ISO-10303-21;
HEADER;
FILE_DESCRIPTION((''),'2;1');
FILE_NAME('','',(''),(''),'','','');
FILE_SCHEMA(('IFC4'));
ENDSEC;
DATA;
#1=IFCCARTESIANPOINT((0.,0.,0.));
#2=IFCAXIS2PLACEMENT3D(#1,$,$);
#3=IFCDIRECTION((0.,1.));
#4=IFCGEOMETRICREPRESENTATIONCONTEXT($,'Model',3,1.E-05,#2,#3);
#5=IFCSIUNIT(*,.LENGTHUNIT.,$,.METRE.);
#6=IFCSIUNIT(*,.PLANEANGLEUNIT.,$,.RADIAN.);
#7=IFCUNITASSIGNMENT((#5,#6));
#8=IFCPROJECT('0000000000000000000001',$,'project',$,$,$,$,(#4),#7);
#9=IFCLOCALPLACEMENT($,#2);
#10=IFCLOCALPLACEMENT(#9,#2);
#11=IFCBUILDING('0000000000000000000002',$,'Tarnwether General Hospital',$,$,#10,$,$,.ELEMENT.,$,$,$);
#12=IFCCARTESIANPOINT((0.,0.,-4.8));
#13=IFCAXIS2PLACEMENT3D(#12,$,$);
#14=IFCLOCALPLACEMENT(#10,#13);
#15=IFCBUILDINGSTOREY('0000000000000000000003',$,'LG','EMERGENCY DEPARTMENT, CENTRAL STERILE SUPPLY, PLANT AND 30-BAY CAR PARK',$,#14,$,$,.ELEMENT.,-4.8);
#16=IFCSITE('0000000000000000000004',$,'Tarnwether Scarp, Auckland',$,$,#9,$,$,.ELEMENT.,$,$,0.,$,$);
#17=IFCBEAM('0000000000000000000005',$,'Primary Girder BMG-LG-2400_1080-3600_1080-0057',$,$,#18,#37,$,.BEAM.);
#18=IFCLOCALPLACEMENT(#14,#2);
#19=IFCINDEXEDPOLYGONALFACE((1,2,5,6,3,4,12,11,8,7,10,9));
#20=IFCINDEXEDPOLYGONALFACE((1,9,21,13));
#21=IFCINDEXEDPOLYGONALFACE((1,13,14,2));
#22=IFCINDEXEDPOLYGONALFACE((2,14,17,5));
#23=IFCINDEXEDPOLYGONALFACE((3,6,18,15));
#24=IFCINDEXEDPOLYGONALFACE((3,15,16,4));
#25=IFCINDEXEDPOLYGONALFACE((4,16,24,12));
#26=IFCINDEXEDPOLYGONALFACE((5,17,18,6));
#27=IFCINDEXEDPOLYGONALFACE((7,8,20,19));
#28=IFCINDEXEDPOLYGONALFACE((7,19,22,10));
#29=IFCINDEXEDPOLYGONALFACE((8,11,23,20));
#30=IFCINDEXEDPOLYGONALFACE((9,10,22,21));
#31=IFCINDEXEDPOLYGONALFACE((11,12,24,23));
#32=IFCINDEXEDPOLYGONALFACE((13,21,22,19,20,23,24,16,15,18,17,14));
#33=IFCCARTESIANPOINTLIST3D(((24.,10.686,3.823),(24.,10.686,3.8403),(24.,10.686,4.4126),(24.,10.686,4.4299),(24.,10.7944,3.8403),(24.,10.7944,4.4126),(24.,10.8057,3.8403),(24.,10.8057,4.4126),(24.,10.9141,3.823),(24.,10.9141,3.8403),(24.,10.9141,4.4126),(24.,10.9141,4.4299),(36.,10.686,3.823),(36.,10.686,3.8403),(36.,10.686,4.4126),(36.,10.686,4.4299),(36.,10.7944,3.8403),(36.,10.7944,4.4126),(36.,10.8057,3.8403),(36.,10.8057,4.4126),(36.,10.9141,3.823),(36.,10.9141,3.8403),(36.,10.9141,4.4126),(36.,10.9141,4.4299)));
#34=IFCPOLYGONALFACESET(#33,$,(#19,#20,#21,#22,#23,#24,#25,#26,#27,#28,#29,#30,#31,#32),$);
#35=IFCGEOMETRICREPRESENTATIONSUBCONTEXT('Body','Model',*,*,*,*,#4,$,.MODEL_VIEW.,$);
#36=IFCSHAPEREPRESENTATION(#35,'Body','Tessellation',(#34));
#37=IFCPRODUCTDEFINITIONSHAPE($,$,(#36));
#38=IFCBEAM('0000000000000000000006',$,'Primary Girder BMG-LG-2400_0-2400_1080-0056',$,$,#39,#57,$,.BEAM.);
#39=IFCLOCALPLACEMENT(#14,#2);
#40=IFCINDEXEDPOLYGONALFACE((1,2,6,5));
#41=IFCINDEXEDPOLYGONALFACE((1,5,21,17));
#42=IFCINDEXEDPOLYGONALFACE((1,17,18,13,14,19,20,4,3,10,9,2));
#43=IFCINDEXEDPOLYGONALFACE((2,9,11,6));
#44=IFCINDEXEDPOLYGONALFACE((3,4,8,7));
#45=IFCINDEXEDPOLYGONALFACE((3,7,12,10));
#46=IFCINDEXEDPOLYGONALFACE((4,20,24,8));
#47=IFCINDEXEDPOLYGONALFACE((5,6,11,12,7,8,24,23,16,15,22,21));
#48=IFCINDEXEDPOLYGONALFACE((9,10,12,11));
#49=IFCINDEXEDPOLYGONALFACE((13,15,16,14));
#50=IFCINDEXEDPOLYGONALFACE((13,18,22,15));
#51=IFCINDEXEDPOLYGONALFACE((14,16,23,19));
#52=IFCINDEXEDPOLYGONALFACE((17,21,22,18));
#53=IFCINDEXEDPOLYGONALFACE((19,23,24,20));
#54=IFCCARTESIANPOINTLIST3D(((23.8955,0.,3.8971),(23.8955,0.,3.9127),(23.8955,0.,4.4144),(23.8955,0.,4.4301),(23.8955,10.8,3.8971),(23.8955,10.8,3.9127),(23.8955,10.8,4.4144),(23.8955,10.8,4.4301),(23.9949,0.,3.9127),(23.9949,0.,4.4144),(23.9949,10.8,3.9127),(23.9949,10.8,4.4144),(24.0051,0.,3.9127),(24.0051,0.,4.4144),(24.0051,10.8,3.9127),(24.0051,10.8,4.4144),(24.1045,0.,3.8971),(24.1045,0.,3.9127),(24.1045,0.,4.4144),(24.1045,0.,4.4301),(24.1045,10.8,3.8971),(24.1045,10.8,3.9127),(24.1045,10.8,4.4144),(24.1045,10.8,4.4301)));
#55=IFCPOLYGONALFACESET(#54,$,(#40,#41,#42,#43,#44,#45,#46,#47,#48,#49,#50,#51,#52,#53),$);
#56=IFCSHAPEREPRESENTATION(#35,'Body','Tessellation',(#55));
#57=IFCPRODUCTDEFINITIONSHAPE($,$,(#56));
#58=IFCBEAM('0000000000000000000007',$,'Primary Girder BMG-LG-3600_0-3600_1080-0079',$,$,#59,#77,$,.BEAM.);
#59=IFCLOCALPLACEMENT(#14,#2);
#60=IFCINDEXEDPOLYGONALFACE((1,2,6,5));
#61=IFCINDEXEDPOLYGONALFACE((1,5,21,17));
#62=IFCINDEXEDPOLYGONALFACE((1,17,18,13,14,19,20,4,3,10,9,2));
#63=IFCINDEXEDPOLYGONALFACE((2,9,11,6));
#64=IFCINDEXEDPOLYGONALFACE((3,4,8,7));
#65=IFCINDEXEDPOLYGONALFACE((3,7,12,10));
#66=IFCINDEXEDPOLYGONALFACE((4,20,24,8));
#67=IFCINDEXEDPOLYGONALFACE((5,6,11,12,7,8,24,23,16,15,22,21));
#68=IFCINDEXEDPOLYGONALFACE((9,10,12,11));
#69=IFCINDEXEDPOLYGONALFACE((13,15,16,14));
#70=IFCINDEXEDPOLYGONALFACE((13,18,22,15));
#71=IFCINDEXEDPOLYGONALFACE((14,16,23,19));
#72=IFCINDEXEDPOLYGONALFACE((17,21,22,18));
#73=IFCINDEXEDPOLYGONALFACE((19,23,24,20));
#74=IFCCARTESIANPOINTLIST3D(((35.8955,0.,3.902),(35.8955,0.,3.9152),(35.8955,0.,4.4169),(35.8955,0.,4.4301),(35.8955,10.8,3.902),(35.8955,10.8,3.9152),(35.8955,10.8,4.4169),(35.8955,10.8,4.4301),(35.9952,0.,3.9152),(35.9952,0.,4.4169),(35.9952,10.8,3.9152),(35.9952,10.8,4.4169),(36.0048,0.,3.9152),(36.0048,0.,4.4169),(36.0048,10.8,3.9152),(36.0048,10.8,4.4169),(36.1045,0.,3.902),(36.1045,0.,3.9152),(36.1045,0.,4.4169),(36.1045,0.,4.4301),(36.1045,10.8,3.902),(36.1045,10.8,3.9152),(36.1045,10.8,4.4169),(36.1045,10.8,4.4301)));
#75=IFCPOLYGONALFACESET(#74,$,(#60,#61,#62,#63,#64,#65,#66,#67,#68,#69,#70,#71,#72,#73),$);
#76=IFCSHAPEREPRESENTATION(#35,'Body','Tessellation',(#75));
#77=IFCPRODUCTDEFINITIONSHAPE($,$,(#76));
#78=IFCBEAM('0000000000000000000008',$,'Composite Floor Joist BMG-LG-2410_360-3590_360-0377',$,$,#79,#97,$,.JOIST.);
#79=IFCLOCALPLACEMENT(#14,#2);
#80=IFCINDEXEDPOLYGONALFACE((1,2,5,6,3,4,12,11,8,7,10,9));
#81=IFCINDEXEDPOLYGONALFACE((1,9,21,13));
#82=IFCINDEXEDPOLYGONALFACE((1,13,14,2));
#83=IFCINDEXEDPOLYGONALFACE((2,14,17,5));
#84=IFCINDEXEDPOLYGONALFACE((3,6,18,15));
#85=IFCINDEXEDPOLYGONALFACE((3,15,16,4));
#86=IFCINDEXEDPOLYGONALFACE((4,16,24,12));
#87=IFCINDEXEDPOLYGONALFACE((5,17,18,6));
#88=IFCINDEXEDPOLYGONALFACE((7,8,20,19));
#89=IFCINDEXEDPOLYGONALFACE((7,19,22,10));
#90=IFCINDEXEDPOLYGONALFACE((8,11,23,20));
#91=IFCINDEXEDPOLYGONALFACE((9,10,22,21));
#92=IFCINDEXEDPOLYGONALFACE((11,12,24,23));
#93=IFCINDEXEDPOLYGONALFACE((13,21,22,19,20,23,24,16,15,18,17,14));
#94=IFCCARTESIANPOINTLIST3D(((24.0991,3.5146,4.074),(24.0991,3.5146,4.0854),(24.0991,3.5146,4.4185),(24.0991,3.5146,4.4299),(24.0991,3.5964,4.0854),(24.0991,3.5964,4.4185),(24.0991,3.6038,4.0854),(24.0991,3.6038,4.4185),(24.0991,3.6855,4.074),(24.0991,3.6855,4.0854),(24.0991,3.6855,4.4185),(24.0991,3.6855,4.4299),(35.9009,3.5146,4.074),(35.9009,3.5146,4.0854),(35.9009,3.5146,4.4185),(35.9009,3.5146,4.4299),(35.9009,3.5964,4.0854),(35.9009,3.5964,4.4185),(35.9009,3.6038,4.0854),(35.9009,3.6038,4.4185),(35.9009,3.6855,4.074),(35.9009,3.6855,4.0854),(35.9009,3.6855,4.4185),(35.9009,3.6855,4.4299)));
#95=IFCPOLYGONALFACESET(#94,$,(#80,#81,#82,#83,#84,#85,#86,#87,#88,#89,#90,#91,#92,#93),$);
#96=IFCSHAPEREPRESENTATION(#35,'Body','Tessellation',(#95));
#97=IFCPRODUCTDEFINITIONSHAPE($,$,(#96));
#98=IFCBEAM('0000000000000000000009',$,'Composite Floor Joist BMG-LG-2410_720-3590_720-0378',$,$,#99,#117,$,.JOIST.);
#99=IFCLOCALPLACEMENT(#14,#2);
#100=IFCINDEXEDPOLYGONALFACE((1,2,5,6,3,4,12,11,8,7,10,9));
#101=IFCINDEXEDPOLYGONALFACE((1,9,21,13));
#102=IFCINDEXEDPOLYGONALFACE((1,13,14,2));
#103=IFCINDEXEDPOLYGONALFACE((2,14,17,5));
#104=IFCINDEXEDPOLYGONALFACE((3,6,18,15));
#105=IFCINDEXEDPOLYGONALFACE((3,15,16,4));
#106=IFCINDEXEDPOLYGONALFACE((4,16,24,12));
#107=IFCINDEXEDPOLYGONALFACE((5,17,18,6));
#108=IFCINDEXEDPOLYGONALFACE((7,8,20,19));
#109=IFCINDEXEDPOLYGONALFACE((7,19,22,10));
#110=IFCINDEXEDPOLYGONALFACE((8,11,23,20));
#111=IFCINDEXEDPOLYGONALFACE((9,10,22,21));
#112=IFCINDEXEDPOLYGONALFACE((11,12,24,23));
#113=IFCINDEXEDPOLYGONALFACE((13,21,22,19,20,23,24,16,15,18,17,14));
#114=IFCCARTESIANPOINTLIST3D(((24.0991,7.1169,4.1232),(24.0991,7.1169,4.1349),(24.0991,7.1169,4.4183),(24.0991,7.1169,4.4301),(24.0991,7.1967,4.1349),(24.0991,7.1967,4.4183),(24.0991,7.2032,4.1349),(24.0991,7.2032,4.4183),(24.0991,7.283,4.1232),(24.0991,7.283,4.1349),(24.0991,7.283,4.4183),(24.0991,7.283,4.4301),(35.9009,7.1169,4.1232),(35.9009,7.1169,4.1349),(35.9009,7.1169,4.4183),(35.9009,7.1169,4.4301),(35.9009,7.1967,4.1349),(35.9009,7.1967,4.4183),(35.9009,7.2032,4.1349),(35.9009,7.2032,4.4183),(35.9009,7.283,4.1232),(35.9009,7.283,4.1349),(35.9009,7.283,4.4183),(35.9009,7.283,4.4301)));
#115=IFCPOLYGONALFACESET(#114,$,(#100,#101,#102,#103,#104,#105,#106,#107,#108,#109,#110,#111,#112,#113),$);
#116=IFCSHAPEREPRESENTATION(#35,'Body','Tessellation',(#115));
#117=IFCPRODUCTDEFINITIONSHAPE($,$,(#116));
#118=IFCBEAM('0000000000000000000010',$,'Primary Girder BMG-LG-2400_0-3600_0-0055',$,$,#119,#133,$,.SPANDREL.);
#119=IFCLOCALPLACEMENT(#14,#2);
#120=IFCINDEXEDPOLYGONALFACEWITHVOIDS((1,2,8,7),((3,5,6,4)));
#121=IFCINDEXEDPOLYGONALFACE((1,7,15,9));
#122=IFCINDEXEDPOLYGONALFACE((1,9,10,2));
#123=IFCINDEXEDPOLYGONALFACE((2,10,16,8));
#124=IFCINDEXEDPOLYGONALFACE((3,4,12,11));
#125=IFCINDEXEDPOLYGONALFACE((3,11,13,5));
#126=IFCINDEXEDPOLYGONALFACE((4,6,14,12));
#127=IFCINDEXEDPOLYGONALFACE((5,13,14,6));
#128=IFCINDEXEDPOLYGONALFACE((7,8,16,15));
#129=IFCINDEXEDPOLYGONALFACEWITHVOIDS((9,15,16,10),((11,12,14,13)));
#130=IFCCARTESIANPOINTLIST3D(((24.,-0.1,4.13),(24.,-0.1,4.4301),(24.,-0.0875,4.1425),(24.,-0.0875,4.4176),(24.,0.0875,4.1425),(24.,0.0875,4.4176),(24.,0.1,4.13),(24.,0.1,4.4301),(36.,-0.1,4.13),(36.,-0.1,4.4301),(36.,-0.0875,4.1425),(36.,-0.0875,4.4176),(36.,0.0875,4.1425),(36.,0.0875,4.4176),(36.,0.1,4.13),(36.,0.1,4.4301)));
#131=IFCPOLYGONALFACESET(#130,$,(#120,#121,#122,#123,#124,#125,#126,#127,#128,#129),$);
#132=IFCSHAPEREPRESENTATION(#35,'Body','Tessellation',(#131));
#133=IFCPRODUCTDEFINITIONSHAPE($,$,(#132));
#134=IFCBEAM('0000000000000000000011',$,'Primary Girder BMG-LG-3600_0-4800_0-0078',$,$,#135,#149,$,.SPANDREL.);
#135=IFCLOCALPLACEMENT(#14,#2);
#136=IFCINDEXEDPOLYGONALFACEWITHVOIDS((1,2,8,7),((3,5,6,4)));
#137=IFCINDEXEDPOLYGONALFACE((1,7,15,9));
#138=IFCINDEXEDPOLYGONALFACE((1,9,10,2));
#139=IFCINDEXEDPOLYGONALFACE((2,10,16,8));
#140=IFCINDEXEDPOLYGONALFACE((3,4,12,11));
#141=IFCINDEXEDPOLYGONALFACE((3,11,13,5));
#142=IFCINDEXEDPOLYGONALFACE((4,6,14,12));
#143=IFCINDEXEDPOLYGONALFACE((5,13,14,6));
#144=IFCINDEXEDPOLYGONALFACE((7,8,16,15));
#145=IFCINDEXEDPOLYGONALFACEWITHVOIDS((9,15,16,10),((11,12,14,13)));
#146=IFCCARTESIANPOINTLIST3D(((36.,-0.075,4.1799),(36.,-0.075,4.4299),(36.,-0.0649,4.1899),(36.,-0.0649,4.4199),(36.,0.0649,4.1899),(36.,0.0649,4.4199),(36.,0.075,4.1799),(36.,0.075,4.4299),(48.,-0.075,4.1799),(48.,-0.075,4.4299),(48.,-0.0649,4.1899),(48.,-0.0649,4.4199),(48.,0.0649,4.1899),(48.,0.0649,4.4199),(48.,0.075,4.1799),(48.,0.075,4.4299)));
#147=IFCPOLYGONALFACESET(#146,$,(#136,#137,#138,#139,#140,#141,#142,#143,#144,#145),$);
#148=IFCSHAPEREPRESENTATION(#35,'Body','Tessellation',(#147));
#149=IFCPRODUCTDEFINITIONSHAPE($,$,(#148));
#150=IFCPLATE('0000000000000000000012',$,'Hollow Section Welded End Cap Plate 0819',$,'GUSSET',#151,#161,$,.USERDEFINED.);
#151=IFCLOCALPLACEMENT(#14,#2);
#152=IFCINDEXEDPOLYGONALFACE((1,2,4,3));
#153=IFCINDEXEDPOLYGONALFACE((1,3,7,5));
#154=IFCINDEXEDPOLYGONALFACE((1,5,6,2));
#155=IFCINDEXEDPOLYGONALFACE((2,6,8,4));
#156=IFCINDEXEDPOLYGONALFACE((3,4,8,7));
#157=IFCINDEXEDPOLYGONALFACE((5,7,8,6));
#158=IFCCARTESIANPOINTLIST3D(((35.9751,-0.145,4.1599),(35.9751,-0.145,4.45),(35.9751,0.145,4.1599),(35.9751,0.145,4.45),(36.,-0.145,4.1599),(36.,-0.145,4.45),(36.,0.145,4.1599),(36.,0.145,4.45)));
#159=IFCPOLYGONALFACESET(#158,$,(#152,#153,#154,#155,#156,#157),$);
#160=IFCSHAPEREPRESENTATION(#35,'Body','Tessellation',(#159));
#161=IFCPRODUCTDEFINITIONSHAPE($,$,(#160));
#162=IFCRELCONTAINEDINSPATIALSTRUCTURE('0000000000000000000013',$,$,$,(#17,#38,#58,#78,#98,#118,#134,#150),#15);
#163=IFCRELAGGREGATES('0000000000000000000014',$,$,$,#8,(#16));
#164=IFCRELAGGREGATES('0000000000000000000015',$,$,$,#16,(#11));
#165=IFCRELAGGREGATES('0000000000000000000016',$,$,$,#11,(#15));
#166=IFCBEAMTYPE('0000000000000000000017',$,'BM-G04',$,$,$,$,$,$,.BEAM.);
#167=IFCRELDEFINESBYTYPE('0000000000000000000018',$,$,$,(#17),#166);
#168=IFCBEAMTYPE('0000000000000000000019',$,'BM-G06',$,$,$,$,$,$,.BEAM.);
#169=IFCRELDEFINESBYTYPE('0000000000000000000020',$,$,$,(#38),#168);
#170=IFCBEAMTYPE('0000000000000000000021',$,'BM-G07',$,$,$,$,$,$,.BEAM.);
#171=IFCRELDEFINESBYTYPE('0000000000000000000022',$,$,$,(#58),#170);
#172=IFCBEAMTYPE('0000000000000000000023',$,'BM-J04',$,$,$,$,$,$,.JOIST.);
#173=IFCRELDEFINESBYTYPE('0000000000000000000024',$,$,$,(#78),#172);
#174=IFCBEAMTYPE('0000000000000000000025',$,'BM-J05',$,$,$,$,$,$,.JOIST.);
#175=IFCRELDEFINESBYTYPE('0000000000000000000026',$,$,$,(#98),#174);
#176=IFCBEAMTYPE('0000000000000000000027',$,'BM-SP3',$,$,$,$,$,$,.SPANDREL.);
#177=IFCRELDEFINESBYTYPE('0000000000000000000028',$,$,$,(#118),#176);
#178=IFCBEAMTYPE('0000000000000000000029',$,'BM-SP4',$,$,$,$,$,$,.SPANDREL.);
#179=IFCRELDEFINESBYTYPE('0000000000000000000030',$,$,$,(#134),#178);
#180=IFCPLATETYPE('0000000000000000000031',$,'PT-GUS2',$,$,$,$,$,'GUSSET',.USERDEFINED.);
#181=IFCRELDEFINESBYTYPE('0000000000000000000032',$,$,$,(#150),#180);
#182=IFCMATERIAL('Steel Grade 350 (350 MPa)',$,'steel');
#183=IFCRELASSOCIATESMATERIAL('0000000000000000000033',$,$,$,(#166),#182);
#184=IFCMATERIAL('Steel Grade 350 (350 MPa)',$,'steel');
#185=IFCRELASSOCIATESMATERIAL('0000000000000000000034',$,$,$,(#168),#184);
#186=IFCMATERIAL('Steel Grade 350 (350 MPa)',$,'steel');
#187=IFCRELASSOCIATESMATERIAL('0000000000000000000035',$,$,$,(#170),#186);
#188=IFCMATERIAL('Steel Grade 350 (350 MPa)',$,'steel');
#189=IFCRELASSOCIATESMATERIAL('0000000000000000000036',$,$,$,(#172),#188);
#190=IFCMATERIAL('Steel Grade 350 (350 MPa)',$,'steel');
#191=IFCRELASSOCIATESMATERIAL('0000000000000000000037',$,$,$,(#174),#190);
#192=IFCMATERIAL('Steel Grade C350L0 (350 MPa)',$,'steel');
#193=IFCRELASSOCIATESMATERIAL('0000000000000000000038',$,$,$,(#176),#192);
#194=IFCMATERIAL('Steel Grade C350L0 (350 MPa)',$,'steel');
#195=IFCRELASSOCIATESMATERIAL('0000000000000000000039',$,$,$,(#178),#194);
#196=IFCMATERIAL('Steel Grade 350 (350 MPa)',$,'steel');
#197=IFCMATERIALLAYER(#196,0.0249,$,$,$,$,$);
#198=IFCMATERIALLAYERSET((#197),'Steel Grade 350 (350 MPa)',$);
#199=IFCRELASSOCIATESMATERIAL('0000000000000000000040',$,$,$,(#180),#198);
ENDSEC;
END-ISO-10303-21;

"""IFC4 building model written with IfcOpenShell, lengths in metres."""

from ifc_helpers import new_model, si_unit, direction, frame, origin, origin_2d, place, context, subcontext, project, spatial, rectangle, hollow_rectangle, i_section, extrude, material, layer, layer_set, material_profile, profile_set, type_object, element, save


model = new_model("IFC4")

# Units and contexts
model_context = context("Model", 3, precision=1e-05, world=origin(), true_north=direction((0.0, 1.0)))
body_context = subcontext(model_context, "Body", "Model", "MODEL_VIEW")
ifc_project = project(units=[si_unit("LENGTHUNIT", "METRE"), si_unit("PLANEANGLEUNIT", "RADIAN")], contexts=[model_context])

# Site, building, storey
site_placement = place(None, origin())
site = spatial("IfcSite", under=ifc_project, at=site_placement, Name="Tarnwether Scarp, Auckland", CompositionType="ELEMENT", RefElevation=0.0)
building_placement = place(site_placement, origin())
building = spatial("IfcBuilding", under=site, at=building_placement, Name="Tarnwether General Hospital", CompositionType="ELEMENT")
storey_placement = place(building_placement, frame((0.0, 0.0, -4.8)))
storey = spatial("IfcBuildingStorey", under=building, at=storey_placement, Name="LG", Description="EMERGENCY DEPARTMENT, CENTRAL STERILE SUPPLY, PLANT AND 30-BAY CAR PARK", CompositionType="ELEMENT", Elevation=-4.8)

# Beams
ifc_material_1 = material(Name="Steel Grade 350 (350 MPa)", Category="steel")
ifc_material_profile_1 = material_profile(ifc_material_1, i_section(OverallWidth=0.228, OverallDepth=0.6069, WebThickness=0.0112, FlangeThickness=0.0173, at=origin_2d()), Name="610UB113")
ifc_profile_set_1 = profile_set([ifc_material_profile_1], Name="Steel Grade 350 (350 MPa)")
beam_type_1 = type_object("IfcBeamType", Name="BM-G04", PredefinedType="BEAM", material=ifc_profile_set_1)
beam_1_placement = place(storey_placement, frame((24.0, 10.8, 4.1265), z_axis=(1.0, 0.0, 0.0), x_axis=(0.0, 1.0, 0.0)))
element("IfcBeam", 1, at=beam_1_placement, inside=storey, type_object=beam_type_1, Name="Primary Girder BMG-LG-2400_1080-3600_1080-0057", PredefinedType="BEAM", context=body_context, shape_type="SweptSolid", body=[
    extrude(i_section(OverallWidth=0.228, OverallDepth=0.6069, WebThickness=0.0112, FlangeThickness=0.0173, at=origin_2d()), origin(), (0.0, 0.0, 1.0), 12.0),
])
ifc_material_2 = material(Name="Steel Grade 350 (350 MPa)", Category="steel")
ifc_material_profile_2 = material_profile(ifc_material_2, i_section(OverallWidth=0.209, OverallDepth=0.533, WebThickness=0.0103, FlangeThickness=0.0156, at=origin_2d()), Name="530UB92.4")
ifc_profile_set_2 = profile_set([ifc_material_profile_2], Name="Steel Grade 350 (350 MPa)")
beam_type_2 = type_object("IfcBeamType", Name="BM-G06", PredefinedType="BEAM", material=ifc_profile_set_2)
beam_2_placement = place(storey_placement, frame((24.0, 0.0, 4.1636), z_axis=(0.0, 1.0, 0.0), x_axis=(-1.0, 0.0, 0.0)))
element("IfcBeam", 2, at=beam_2_placement, inside=storey, type_object=beam_type_2, Name="Primary Girder BMG-LG-2400_0-2400_1080-0056", PredefinedType="BEAM", context=body_context, shape_type="SweptSolid", body=[
    extrude(i_section(OverallWidth=0.209, OverallDepth=0.533, WebThickness=0.0103, FlangeThickness=0.0156, at=origin_2d()), origin(), (0.0, 0.0, 1.0), 10.8),
])
ifc_material_3 = material(Name="Steel Grade 350 (350 MPa)", Category="steel")
ifc_material_profile_3 = material_profile(ifc_material_3, i_section(OverallWidth=0.209, OverallDepth=0.5281, WebThickness=0.0095, FlangeThickness=0.0132, at=origin_2d()), Name="530UB82.0")
ifc_profile_set_3 = profile_set([ifc_material_profile_3], Name="Steel Grade 350 (350 MPa)")
beam_type_3 = type_object("IfcBeamType", Name="BM-G07", PredefinedType="BEAM", material=ifc_profile_set_3)
beam_3_placement = place(storey_placement, frame((36.0, 0.0, 4.166), z_axis=(0.0, 1.0, 0.0), x_axis=(-1.0, 0.0, 0.0)))
element("IfcBeam", 3, at=beam_3_placement, inside=storey, type_object=beam_type_3, Name="Primary Girder BMG-LG-3600_0-3600_1080-0079", PredefinedType="BEAM", context=body_context, shape_type="SweptSolid", body=[
    extrude(i_section(OverallWidth=0.209, OverallDepth=0.5281, WebThickness=0.0095, FlangeThickness=0.0132, at=origin_2d()), origin(), (0.0, 0.0, 1.0), 10.8),
])
ifc_material_4 = material(Name="Steel Grade 350 (350 MPa)", Category="steel")
ifc_material_profile_4 = material_profile(ifc_material_4, i_section(OverallWidth=0.1709, OverallDepth=0.356, WebThickness=0.0073, FlangeThickness=0.0115, at=origin_2d()), Name="360UB50.7")
ifc_profile_set_4 = profile_set([ifc_material_profile_4], Name="Steel Grade 350 (350 MPa)")
beam_type_4 = type_object("IfcBeamType", Name="BM-J04", PredefinedType="JOIST", material=ifc_profile_set_4)
beam_4_placement = place(storey_placement, frame((24.0991, 3.6001, 4.252), z_axis=(1.0, 0.0, 0.0), x_axis=(0.0, 1.0, 0.0)))
element("IfcBeam", 4, at=beam_4_placement, inside=storey, type_object=beam_type_4, Name="Composite Floor Joist BMG-LG-2410_360-3590_360-0377", PredefinedType="JOIST", context=body_context, shape_type="SweptSolid", body=[
    extrude(i_section(OverallWidth=0.1709, OverallDepth=0.356, WebThickness=0.0073, FlangeThickness=0.0115, at=origin_2d()), origin(), (0.0, 0.0, 1.0), 11.8018),
])
ifc_material_5 = material(Name="Steel Grade 350 (350 MPa)", Category="steel")
ifc_material_profile_5 = material_profile(ifc_material_5, i_section(OverallWidth=0.166, OverallDepth=0.3069, WebThickness=0.0066, FlangeThickness=0.0117, at=origin_2d()), Name="310UB46.2")
ifc_profile_set_5 = profile_set([ifc_material_profile_5], Name="Steel Grade 350 (350 MPa)")
beam_type_5 = type_object("IfcBeamType", Name="BM-J05", PredefinedType="JOIST", material=ifc_profile_set_5)
beam_5_placement = place(storey_placement, frame((24.0991, 7.2, 4.2766), z_axis=(1.0, 0.0, 0.0), x_axis=(0.0, 1.0, 0.0)))
element("IfcBeam", 5, at=beam_5_placement, inside=storey, type_object=beam_type_5, Name="Composite Floor Joist BMG-LG-2410_720-3590_720-0378", PredefinedType="JOIST", context=body_context, shape_type="SweptSolid", body=[
    extrude(i_section(OverallWidth=0.166, OverallDepth=0.3069, WebThickness=0.0066, FlangeThickness=0.0117, at=origin_2d()), origin(), (0.0, 0.0, 1.0), 11.8018),
])
ifc_material_6 = material(Name="Steel Grade C350L0 (350 MPa)", Category="steel")
ifc_material_profile_6 = material_profile(ifc_material_6, hollow_rectangle(XDim=0.2, YDim=0.3, WallThickness=0.0125, at=origin_2d()), Name="RHS300x200x12.5")
ifc_profile_set_6 = profile_set([ifc_material_profile_6], Name="Steel Grade C350L0 (350 MPa)")
beam_type_6 = type_object("IfcBeamType", Name="BM-SP3", PredefinedType="SPANDREL", material=ifc_profile_set_6)
beam_6_placement = place(storey_placement, frame((24.0, 0.0, 4.28), z_axis=(1.0, 0.0, 0.0), x_axis=(0.0, 1.0, 0.0)))
element("IfcBeam", 6, at=beam_6_placement, inside=storey, type_object=beam_type_6, Name="Primary Girder BMG-LG-2400_0-3600_0-0055", PredefinedType="SPANDREL", context=body_context, shape_type="SweptSolid", body=[
    extrude(hollow_rectangle(XDim=0.2, YDim=0.3, WallThickness=0.0125, at=origin_2d()), origin(), (0.0, 0.0, 1.0), 12.0),
])
ifc_material_7 = material(Name="Steel Grade C350L0 (350 MPa)", Category="steel")
ifc_material_profile_7 = material_profile(ifc_material_7, hollow_rectangle(XDim=0.1499, YDim=0.25, WallThickness=0.01, at=origin_2d()), Name="RHS250x150x10")
ifc_profile_set_7 = profile_set([ifc_material_profile_7], Name="Steel Grade C350L0 (350 MPa)")
beam_type_7 = type_object("IfcBeamType", Name="BM-SP4", PredefinedType="SPANDREL", material=ifc_profile_set_7)
beam_7_placement = place(storey_placement, frame((36.0, 0.0, 4.3049), z_axis=(1.0, 0.0, 0.0), x_axis=(0.0, 1.0, 0.0)))
element("IfcBeam", 7, at=beam_7_placement, inside=storey, type_object=beam_type_7, Name="Primary Girder BMG-LG-3600_0-4800_0-0078", PredefinedType="SPANDREL", context=body_context, shape_type="SweptSolid", body=[
    extrude(hollow_rectangle(XDim=0.1499, YDim=0.25, WallThickness=0.01, at=origin_2d()), origin(), (0.0, 0.0, 1.0), 12.0),
])

# Plate
ifc_material_8 = material(Name="Steel Grade 350 (350 MPa)", Category="steel")
ifc_layer_1 = layer(ifc_material_8, 0.0249)
ifc_layer_set_1 = layer_set([ifc_layer_1], Name="Steel Grade 350 (350 MPa)")
plate_type = type_object("IfcPlateType", Name="PT-GUS2", ElementType="GUSSET", PredefinedType="USERDEFINED", material=ifc_layer_set_1)
plate_placement = place(storey_placement, frame((35.9875, 0.0, 4.1599), z_axis=(0.0, 0.0, 1.0), x_axis=(1.0, 0.0, 0.0)))
element("IfcPlate", 8, at=plate_placement, inside=storey, type_object=plate_type, Name="Hollow Section Welded End Cap Plate 0819", ObjectType="GUSSET", PredefinedType="USERDEFINED", context=body_context, shape_type="SweptSolid", body=[
    extrude(rectangle(XDim=0.0249, YDim=0.29, at=origin_2d()), origin(), (0.0, 0.0, 1.0), 0.29),
])

save(model, "model.ifc")
